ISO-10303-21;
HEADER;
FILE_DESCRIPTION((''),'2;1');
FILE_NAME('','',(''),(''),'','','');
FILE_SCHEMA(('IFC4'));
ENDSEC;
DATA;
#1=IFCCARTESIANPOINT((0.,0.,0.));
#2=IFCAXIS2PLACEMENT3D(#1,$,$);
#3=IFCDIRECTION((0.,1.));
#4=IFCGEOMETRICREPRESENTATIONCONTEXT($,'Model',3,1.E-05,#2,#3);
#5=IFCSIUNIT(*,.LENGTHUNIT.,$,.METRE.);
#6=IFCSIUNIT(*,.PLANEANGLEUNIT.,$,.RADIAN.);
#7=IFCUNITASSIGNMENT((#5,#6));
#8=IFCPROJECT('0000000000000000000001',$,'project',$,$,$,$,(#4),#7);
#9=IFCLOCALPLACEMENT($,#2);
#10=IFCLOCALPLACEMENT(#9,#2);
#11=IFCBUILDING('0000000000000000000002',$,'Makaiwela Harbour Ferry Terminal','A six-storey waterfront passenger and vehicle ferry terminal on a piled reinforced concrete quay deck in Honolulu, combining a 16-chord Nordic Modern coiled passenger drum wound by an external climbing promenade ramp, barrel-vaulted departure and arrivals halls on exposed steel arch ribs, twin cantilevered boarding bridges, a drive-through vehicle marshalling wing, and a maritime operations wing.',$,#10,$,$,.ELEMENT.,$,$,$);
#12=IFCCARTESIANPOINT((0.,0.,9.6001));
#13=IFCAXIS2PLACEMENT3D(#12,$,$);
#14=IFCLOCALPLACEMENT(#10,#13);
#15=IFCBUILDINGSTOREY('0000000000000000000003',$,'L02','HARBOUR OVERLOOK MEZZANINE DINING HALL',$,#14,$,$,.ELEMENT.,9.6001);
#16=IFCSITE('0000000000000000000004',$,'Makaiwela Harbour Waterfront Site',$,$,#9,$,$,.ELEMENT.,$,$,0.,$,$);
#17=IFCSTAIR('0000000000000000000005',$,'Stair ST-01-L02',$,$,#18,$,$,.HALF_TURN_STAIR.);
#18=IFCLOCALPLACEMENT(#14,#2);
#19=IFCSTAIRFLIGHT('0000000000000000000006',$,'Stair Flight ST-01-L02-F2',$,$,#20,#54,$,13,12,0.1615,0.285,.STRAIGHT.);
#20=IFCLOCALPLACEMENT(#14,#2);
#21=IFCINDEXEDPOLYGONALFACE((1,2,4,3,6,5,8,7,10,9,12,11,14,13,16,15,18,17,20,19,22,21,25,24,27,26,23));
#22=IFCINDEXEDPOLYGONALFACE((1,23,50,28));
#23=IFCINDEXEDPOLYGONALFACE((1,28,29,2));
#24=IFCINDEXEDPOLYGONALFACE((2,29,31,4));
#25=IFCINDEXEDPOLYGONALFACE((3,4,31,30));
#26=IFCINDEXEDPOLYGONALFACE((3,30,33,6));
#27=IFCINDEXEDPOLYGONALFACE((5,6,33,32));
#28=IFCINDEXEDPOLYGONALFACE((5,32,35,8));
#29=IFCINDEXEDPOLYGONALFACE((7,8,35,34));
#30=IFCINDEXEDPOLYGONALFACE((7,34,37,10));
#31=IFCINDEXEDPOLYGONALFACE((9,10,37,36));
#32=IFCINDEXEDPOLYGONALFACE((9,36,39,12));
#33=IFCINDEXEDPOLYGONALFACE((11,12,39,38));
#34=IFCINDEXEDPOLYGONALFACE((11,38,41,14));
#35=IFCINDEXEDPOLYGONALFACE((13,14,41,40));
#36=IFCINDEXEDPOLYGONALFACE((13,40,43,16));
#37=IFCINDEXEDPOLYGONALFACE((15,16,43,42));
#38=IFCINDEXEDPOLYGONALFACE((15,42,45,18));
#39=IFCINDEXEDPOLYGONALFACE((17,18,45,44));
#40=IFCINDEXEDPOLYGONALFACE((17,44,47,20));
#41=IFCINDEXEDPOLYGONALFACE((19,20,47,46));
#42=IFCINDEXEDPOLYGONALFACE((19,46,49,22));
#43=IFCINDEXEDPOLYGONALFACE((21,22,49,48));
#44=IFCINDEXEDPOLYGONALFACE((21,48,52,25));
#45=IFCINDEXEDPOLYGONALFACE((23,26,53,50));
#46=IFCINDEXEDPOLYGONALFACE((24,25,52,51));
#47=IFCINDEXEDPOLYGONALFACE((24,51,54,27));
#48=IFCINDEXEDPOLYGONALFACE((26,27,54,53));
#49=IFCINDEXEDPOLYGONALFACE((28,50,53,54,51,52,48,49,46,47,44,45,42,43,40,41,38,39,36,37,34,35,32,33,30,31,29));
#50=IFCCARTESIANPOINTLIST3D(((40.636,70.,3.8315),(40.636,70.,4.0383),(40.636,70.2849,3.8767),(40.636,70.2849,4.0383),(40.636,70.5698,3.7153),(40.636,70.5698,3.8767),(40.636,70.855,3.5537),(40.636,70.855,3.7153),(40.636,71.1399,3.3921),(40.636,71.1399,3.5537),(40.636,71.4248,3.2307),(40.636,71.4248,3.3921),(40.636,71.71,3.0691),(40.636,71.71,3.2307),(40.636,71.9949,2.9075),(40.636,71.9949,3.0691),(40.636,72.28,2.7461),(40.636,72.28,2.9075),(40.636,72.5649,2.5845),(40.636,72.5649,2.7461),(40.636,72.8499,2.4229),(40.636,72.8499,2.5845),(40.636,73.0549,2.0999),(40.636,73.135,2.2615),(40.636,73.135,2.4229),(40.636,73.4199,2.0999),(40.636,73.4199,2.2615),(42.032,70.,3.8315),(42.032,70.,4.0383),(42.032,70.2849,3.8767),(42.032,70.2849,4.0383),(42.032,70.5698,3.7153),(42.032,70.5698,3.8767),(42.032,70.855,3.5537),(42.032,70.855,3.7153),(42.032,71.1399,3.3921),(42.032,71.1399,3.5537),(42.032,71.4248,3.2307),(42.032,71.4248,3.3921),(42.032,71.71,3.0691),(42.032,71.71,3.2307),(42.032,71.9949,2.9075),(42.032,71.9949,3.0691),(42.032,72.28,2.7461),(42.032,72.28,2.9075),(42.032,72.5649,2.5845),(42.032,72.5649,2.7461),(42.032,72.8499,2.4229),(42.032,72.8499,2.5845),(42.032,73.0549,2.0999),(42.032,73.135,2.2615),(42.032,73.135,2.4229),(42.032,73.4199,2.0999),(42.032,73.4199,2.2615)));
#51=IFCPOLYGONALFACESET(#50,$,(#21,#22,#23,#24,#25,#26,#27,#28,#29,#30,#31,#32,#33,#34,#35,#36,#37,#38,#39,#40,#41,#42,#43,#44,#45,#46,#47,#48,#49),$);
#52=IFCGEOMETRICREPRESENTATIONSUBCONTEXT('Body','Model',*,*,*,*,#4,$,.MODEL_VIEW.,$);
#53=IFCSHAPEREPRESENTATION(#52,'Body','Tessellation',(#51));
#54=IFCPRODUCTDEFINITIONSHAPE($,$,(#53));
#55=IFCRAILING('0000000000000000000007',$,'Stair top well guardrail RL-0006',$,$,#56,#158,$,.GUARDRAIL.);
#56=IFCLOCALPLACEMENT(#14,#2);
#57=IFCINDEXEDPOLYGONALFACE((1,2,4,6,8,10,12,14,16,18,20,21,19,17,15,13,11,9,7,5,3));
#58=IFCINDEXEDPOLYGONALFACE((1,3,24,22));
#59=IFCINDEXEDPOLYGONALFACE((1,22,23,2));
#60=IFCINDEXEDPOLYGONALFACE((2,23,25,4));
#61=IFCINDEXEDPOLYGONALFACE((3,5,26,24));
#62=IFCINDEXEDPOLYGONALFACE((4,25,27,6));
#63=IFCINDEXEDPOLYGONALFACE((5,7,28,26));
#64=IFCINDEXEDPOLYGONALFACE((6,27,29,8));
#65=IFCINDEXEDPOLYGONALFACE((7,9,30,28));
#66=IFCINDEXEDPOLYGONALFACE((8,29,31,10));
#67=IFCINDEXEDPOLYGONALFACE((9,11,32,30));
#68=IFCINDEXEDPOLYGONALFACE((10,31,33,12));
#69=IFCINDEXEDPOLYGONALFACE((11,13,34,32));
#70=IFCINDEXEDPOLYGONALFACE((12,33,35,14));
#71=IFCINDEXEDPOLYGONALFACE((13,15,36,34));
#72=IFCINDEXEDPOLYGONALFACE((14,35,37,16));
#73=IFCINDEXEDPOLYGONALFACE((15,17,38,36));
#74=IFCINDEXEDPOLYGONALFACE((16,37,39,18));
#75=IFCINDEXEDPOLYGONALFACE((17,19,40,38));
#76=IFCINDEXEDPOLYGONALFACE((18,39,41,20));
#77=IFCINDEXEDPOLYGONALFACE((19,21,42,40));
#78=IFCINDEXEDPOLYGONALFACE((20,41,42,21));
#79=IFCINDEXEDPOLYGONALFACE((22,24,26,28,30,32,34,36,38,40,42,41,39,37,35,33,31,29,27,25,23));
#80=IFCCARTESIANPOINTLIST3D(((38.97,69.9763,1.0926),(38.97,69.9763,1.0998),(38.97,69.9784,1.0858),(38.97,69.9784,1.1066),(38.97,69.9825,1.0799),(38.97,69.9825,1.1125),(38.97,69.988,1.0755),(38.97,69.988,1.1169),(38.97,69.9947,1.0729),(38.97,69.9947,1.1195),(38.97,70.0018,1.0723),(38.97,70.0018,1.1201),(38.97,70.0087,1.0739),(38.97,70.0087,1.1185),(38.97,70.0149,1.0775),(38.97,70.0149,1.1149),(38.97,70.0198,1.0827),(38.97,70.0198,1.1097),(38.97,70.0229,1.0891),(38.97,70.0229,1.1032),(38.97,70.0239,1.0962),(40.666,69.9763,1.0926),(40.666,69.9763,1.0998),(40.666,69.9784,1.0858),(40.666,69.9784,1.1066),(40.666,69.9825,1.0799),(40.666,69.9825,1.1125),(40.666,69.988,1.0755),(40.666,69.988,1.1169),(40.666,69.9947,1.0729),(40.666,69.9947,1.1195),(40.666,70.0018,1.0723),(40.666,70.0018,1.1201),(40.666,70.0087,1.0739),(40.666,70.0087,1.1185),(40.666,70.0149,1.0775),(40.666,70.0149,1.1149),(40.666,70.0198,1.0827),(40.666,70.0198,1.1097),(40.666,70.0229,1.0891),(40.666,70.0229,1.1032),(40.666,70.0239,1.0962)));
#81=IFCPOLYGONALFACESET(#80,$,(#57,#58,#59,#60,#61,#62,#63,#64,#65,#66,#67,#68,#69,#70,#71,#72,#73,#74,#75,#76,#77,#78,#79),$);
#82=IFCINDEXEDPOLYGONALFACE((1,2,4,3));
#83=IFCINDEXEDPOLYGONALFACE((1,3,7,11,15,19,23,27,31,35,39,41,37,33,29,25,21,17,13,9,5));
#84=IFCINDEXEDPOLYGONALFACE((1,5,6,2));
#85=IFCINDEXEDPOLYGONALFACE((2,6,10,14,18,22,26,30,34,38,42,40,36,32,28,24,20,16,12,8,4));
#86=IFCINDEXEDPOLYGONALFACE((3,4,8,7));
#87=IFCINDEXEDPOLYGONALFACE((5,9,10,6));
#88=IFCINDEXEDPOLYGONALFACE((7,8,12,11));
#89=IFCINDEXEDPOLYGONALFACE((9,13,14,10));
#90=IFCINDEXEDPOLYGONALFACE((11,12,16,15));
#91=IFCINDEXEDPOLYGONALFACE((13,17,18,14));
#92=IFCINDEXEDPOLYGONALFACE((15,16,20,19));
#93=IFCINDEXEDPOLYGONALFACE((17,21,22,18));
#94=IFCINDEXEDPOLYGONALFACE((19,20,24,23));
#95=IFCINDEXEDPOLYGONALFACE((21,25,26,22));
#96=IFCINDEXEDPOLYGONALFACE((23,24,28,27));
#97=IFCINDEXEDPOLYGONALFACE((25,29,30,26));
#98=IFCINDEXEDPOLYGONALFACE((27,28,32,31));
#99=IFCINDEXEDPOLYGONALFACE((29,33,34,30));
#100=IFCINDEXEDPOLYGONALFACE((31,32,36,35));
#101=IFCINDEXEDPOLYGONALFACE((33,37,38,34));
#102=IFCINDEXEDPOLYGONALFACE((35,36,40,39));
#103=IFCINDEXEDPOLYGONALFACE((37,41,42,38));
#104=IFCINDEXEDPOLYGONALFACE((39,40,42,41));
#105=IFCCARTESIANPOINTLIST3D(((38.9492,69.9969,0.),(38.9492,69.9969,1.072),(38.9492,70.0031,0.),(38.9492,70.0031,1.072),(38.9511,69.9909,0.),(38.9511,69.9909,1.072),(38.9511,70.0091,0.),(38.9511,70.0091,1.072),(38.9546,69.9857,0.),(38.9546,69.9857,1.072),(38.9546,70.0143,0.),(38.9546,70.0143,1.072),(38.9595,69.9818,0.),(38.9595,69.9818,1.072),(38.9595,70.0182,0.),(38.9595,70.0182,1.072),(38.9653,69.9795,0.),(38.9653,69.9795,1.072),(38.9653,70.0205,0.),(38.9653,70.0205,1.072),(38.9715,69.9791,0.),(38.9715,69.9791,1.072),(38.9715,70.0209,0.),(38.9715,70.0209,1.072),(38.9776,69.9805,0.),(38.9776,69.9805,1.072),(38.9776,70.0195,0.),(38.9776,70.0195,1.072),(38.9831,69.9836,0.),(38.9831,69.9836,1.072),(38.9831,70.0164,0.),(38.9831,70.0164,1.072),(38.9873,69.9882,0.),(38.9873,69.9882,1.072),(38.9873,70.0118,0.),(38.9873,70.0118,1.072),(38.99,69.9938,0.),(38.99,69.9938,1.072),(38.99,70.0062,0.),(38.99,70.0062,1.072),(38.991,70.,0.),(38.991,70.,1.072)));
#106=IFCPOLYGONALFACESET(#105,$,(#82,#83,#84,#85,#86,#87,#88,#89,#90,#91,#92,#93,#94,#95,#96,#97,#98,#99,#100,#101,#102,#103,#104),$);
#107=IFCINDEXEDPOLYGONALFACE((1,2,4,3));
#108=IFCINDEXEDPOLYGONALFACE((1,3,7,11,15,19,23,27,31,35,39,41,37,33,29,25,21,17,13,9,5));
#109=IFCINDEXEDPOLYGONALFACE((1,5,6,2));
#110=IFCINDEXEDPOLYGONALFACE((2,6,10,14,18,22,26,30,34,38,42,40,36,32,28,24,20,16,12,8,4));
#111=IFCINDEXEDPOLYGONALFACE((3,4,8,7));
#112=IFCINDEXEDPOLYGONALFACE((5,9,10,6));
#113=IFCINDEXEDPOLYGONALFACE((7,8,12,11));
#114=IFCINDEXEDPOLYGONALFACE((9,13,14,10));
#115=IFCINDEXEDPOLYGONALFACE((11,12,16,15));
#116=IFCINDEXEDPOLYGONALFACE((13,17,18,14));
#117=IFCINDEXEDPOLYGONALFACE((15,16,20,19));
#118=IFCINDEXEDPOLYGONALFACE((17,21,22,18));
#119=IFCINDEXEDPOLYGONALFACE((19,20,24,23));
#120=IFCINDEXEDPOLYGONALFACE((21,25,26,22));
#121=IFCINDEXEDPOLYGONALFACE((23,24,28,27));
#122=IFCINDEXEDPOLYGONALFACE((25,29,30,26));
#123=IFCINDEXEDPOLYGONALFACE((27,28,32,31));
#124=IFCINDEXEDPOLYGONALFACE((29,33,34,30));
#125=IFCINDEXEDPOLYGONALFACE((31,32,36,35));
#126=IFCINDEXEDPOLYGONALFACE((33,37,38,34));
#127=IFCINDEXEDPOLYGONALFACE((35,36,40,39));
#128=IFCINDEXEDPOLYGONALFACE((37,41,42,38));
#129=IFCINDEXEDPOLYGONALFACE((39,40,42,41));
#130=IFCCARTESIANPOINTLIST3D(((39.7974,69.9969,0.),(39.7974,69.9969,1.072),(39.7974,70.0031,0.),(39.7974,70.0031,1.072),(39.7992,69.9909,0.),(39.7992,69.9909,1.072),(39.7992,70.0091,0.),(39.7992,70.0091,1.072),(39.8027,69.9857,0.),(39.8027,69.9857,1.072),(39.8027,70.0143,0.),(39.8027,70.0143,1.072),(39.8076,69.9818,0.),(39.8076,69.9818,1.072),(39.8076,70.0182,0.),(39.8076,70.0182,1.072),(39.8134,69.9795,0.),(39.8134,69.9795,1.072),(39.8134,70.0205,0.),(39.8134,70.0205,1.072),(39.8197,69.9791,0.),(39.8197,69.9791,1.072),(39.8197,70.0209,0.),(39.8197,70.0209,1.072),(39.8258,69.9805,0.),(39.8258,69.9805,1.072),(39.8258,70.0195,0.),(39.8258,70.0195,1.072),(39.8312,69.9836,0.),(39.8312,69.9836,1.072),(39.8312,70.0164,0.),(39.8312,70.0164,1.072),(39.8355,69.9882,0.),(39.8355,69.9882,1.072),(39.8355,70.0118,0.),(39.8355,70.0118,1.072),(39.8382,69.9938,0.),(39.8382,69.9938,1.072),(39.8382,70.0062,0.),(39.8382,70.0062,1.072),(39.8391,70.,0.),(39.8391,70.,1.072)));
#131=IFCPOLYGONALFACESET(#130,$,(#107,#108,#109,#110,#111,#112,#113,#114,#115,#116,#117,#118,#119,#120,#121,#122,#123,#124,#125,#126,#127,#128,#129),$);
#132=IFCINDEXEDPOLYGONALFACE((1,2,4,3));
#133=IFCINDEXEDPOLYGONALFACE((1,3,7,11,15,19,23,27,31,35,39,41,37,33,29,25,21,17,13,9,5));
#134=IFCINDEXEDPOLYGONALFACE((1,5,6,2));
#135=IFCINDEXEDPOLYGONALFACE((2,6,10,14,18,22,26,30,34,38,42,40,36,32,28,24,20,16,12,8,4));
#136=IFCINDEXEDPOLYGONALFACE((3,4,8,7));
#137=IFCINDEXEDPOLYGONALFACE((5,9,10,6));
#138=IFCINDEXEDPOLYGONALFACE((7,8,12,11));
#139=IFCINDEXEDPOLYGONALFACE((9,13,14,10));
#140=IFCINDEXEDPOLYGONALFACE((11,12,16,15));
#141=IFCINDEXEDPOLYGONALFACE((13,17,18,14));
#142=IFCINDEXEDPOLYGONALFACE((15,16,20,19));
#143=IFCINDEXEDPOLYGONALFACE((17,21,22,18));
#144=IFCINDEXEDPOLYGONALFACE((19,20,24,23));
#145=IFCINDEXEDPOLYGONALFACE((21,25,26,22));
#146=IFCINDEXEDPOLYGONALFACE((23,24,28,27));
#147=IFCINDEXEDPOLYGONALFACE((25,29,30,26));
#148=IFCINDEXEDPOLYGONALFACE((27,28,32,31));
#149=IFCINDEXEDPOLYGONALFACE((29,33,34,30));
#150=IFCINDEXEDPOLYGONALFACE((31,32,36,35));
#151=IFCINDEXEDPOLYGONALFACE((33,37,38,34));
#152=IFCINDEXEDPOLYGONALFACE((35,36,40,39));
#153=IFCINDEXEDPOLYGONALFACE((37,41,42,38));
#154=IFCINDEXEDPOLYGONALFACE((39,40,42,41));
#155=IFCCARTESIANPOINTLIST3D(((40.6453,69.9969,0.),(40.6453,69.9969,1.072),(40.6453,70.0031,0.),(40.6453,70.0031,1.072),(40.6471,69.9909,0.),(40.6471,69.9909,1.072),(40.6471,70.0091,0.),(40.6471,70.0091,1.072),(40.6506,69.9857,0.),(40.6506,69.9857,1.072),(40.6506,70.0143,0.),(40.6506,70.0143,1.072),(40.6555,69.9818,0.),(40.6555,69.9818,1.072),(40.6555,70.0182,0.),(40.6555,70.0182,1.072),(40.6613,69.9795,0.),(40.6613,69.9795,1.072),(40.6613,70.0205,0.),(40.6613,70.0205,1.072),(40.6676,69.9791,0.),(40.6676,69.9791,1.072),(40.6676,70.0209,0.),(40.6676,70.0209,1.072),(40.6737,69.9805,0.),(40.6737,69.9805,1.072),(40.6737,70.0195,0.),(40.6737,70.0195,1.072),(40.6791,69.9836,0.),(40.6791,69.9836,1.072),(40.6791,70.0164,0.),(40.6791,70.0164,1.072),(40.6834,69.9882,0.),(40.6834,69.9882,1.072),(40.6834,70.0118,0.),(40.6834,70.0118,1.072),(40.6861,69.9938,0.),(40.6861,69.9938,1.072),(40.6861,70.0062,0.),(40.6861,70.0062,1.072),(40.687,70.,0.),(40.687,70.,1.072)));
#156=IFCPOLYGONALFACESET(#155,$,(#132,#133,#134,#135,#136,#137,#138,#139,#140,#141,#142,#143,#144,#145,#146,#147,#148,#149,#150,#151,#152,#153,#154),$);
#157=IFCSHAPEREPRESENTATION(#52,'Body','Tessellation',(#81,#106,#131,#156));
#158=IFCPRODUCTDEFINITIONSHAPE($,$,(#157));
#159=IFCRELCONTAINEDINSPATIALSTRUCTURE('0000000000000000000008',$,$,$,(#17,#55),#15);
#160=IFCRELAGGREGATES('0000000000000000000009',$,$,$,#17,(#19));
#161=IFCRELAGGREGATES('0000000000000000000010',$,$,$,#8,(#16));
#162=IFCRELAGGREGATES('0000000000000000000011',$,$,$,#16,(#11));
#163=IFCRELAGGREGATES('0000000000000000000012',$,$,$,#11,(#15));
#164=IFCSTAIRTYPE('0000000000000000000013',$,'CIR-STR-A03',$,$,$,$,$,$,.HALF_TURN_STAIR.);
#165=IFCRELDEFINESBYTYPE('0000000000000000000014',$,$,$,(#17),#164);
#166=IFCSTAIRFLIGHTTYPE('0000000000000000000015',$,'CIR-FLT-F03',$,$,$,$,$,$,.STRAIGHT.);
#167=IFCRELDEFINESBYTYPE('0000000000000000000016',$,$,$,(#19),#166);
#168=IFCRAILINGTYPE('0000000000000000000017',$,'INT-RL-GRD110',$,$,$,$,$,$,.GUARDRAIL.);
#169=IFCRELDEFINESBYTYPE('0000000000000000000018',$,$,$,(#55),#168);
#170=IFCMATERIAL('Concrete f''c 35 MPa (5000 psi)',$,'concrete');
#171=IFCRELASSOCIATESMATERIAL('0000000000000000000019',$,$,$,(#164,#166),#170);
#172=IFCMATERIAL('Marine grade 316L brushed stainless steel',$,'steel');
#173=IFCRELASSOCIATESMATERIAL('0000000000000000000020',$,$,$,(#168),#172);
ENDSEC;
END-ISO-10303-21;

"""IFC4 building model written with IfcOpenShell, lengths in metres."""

from ifc_helpers import new_model, si_unit, direction, frame, origin, origin_2d, place, context, subcontext, project, spatial, polyline, circle, outline, extrude, material, type_object, element, aggregate, save


model = new_model("IFC4")

# Units and contexts
model_context = context("Model", 3, precision=1e-05, world=origin(), true_north=direction((0.0, 1.0)))
body_context = subcontext(model_context, "Body", "Model", "MODEL_VIEW")
ifc_project = project(units=[si_unit("LENGTHUNIT", "METRE"), si_unit("PLANEANGLEUNIT", "RADIAN")], contexts=[model_context])

# Site, building, storey
site_placement = place(None, origin())
site = spatial("IfcSite", under=ifc_project, at=site_placement, Name="Makaiwela Harbour Waterfront Site", CompositionType="ELEMENT", RefElevation=0.0)
building_placement = place(site_placement, origin())
building = spatial("IfcBuilding", under=site, at=building_placement, Name="Makaiwela Harbour Ferry Terminal", Description="A six-storey waterfront passenger and vehicle ferry terminal on a piled reinforced concrete quay deck in Honolulu, combining a 16-chord Nordic Modern coiled passenger drum wound by an external climbing promenade ramp, barrel-vaulted departure and arrivals halls on exposed steel arch ribs, twin cantilevered boarding bridges, a drive-through vehicle marshalling wing, and a maritime operations wing.", CompositionType="ELEMENT")
storey_placement = place(building_placement, frame((0.0, 0.0, 9.6001)))
storey = spatial("IfcBuildingStorey", under=building, at=storey_placement, Name="L02", Description="HARBOUR OVERLOOK MEZZANINE DINING HALL", CompositionType="ELEMENT", Elevation=9.6001)

# Stair, stair flight
ifc_material_1 = material(Name="Concrete f'c 35 MPa (5000 psi)", Category="concrete")
stair_type = type_object("IfcStairType", Name="CIR-STR-A03", PredefinedType="HALF_TURN_STAIR", material=ifc_material_1)
stair_placement = place(storey_placement, origin())
stair = element("IfcStair", 1, at=stair_placement, inside=storey, type_object=stair_type, Name="Stair ST-01-L02", PredefinedType="HALF_TURN_STAIR")
stair_flight_type = type_object("IfcStairFlightType", Name="CIR-FLT-F03", PredefinedType="STRAIGHT", material=ifc_material_1)
stair_flight_1_placement = place(storey_placement, frame((41.334, 73.4199, 2.0999), z_axis=(0.0, 0.0, 1.0), x_axis=(0.0, -1.0, 0.0)))
stair_flight_1 = element("IfcStairFlight", 2, at=stair_flight_1_placement, type_object=stair_flight_type, Name="Stair Flight ST-01-L02-F2", NumberOfRisers=13, NumberOfTreads=12, PredefinedType="STRAIGHT", RiserHeight=0.1615, TreadLength=0.285, context=body_context, shape_type="SweptSolid", body=[
    extrude(outline(polyline([(0.0, 0.0), (0.0, 0.1616), (0.2849, 0.1616), (0.2849, 0.323), (0.5701, 0.323), (0.5701, 0.4846), (0.855, 0.4846), (0.855, 0.6462), (1.1399, 0.6462), (1.1399, 0.8076), (1.425, 0.8076), (1.425, 0.9692), (1.71, 0.9692), (1.71, 1.1309), (1.9951, 1.1309), (1.9951, 1.2922), (2.28, 1.2922), (2.28, 1.4539), (2.5649, 1.4539), (2.5649, 1.6155), (2.8501, 1.6155), (2.8501, 1.7769), (3.135, 1.7769), (3.135, 1.9385), (3.4199, 1.9385), (3.4199, 2.1001), (3.4199, 1.7317), (0.365, 0.0), (0.0, 0.0)])), frame((0.0, 0.698, 0.0), z_axis=(0.0, -1.0, 0.0), x_axis=(1.0, 0.0, 0.0)), (0.0, 0.0, 1.0), 1.396),
])
aggregate(stair, [stair_flight_1])

# Railing
ifc_material_2 = material(Name="Marine grade 316L brushed stainless steel", Category="steel")
railing_type_1 = type_object("IfcRailingType", Name="INT-RL-GRD110", PredefinedType="GUARDRAIL", material=ifc_material_2)
railing_1_placement = place(storey_placement, frame((38.97, 70.0, 0.0)))
element("IfcRailing", 3, at=railing_1_placement, inside=storey, type_object=railing_type_1, Name="Stair top well guardrail RL-0006", PredefinedType="GUARDRAIL", context=body_context, shape_type="SweptSolid", body=[
    extrude(circle(Radius=0.0239, at=origin_2d()), frame((0.0, 0.0, 1.0962), z_axis=(1.0, 0.0, 0.0), x_axis=(0.0, 1.0, 0.0)), (0.0, 0.0, 1.0), 1.696),
    extrude(circle(Radius=0.021, at=origin_2d()), origin(), (0.0, 0.0, 1.0), 1.072),
    extrude(circle(Radius=0.021, at=origin_2d()), frame((0.8481, 0.0, 0.0)), (0.0, 0.0, 1.0), 1.072),
    extrude(circle(Radius=0.021, at=origin_2d()), frame((1.696, 0.0, 0.0)), (0.0, 0.0, 1.0), 1.072),
])

save(model, "model.ifc")
